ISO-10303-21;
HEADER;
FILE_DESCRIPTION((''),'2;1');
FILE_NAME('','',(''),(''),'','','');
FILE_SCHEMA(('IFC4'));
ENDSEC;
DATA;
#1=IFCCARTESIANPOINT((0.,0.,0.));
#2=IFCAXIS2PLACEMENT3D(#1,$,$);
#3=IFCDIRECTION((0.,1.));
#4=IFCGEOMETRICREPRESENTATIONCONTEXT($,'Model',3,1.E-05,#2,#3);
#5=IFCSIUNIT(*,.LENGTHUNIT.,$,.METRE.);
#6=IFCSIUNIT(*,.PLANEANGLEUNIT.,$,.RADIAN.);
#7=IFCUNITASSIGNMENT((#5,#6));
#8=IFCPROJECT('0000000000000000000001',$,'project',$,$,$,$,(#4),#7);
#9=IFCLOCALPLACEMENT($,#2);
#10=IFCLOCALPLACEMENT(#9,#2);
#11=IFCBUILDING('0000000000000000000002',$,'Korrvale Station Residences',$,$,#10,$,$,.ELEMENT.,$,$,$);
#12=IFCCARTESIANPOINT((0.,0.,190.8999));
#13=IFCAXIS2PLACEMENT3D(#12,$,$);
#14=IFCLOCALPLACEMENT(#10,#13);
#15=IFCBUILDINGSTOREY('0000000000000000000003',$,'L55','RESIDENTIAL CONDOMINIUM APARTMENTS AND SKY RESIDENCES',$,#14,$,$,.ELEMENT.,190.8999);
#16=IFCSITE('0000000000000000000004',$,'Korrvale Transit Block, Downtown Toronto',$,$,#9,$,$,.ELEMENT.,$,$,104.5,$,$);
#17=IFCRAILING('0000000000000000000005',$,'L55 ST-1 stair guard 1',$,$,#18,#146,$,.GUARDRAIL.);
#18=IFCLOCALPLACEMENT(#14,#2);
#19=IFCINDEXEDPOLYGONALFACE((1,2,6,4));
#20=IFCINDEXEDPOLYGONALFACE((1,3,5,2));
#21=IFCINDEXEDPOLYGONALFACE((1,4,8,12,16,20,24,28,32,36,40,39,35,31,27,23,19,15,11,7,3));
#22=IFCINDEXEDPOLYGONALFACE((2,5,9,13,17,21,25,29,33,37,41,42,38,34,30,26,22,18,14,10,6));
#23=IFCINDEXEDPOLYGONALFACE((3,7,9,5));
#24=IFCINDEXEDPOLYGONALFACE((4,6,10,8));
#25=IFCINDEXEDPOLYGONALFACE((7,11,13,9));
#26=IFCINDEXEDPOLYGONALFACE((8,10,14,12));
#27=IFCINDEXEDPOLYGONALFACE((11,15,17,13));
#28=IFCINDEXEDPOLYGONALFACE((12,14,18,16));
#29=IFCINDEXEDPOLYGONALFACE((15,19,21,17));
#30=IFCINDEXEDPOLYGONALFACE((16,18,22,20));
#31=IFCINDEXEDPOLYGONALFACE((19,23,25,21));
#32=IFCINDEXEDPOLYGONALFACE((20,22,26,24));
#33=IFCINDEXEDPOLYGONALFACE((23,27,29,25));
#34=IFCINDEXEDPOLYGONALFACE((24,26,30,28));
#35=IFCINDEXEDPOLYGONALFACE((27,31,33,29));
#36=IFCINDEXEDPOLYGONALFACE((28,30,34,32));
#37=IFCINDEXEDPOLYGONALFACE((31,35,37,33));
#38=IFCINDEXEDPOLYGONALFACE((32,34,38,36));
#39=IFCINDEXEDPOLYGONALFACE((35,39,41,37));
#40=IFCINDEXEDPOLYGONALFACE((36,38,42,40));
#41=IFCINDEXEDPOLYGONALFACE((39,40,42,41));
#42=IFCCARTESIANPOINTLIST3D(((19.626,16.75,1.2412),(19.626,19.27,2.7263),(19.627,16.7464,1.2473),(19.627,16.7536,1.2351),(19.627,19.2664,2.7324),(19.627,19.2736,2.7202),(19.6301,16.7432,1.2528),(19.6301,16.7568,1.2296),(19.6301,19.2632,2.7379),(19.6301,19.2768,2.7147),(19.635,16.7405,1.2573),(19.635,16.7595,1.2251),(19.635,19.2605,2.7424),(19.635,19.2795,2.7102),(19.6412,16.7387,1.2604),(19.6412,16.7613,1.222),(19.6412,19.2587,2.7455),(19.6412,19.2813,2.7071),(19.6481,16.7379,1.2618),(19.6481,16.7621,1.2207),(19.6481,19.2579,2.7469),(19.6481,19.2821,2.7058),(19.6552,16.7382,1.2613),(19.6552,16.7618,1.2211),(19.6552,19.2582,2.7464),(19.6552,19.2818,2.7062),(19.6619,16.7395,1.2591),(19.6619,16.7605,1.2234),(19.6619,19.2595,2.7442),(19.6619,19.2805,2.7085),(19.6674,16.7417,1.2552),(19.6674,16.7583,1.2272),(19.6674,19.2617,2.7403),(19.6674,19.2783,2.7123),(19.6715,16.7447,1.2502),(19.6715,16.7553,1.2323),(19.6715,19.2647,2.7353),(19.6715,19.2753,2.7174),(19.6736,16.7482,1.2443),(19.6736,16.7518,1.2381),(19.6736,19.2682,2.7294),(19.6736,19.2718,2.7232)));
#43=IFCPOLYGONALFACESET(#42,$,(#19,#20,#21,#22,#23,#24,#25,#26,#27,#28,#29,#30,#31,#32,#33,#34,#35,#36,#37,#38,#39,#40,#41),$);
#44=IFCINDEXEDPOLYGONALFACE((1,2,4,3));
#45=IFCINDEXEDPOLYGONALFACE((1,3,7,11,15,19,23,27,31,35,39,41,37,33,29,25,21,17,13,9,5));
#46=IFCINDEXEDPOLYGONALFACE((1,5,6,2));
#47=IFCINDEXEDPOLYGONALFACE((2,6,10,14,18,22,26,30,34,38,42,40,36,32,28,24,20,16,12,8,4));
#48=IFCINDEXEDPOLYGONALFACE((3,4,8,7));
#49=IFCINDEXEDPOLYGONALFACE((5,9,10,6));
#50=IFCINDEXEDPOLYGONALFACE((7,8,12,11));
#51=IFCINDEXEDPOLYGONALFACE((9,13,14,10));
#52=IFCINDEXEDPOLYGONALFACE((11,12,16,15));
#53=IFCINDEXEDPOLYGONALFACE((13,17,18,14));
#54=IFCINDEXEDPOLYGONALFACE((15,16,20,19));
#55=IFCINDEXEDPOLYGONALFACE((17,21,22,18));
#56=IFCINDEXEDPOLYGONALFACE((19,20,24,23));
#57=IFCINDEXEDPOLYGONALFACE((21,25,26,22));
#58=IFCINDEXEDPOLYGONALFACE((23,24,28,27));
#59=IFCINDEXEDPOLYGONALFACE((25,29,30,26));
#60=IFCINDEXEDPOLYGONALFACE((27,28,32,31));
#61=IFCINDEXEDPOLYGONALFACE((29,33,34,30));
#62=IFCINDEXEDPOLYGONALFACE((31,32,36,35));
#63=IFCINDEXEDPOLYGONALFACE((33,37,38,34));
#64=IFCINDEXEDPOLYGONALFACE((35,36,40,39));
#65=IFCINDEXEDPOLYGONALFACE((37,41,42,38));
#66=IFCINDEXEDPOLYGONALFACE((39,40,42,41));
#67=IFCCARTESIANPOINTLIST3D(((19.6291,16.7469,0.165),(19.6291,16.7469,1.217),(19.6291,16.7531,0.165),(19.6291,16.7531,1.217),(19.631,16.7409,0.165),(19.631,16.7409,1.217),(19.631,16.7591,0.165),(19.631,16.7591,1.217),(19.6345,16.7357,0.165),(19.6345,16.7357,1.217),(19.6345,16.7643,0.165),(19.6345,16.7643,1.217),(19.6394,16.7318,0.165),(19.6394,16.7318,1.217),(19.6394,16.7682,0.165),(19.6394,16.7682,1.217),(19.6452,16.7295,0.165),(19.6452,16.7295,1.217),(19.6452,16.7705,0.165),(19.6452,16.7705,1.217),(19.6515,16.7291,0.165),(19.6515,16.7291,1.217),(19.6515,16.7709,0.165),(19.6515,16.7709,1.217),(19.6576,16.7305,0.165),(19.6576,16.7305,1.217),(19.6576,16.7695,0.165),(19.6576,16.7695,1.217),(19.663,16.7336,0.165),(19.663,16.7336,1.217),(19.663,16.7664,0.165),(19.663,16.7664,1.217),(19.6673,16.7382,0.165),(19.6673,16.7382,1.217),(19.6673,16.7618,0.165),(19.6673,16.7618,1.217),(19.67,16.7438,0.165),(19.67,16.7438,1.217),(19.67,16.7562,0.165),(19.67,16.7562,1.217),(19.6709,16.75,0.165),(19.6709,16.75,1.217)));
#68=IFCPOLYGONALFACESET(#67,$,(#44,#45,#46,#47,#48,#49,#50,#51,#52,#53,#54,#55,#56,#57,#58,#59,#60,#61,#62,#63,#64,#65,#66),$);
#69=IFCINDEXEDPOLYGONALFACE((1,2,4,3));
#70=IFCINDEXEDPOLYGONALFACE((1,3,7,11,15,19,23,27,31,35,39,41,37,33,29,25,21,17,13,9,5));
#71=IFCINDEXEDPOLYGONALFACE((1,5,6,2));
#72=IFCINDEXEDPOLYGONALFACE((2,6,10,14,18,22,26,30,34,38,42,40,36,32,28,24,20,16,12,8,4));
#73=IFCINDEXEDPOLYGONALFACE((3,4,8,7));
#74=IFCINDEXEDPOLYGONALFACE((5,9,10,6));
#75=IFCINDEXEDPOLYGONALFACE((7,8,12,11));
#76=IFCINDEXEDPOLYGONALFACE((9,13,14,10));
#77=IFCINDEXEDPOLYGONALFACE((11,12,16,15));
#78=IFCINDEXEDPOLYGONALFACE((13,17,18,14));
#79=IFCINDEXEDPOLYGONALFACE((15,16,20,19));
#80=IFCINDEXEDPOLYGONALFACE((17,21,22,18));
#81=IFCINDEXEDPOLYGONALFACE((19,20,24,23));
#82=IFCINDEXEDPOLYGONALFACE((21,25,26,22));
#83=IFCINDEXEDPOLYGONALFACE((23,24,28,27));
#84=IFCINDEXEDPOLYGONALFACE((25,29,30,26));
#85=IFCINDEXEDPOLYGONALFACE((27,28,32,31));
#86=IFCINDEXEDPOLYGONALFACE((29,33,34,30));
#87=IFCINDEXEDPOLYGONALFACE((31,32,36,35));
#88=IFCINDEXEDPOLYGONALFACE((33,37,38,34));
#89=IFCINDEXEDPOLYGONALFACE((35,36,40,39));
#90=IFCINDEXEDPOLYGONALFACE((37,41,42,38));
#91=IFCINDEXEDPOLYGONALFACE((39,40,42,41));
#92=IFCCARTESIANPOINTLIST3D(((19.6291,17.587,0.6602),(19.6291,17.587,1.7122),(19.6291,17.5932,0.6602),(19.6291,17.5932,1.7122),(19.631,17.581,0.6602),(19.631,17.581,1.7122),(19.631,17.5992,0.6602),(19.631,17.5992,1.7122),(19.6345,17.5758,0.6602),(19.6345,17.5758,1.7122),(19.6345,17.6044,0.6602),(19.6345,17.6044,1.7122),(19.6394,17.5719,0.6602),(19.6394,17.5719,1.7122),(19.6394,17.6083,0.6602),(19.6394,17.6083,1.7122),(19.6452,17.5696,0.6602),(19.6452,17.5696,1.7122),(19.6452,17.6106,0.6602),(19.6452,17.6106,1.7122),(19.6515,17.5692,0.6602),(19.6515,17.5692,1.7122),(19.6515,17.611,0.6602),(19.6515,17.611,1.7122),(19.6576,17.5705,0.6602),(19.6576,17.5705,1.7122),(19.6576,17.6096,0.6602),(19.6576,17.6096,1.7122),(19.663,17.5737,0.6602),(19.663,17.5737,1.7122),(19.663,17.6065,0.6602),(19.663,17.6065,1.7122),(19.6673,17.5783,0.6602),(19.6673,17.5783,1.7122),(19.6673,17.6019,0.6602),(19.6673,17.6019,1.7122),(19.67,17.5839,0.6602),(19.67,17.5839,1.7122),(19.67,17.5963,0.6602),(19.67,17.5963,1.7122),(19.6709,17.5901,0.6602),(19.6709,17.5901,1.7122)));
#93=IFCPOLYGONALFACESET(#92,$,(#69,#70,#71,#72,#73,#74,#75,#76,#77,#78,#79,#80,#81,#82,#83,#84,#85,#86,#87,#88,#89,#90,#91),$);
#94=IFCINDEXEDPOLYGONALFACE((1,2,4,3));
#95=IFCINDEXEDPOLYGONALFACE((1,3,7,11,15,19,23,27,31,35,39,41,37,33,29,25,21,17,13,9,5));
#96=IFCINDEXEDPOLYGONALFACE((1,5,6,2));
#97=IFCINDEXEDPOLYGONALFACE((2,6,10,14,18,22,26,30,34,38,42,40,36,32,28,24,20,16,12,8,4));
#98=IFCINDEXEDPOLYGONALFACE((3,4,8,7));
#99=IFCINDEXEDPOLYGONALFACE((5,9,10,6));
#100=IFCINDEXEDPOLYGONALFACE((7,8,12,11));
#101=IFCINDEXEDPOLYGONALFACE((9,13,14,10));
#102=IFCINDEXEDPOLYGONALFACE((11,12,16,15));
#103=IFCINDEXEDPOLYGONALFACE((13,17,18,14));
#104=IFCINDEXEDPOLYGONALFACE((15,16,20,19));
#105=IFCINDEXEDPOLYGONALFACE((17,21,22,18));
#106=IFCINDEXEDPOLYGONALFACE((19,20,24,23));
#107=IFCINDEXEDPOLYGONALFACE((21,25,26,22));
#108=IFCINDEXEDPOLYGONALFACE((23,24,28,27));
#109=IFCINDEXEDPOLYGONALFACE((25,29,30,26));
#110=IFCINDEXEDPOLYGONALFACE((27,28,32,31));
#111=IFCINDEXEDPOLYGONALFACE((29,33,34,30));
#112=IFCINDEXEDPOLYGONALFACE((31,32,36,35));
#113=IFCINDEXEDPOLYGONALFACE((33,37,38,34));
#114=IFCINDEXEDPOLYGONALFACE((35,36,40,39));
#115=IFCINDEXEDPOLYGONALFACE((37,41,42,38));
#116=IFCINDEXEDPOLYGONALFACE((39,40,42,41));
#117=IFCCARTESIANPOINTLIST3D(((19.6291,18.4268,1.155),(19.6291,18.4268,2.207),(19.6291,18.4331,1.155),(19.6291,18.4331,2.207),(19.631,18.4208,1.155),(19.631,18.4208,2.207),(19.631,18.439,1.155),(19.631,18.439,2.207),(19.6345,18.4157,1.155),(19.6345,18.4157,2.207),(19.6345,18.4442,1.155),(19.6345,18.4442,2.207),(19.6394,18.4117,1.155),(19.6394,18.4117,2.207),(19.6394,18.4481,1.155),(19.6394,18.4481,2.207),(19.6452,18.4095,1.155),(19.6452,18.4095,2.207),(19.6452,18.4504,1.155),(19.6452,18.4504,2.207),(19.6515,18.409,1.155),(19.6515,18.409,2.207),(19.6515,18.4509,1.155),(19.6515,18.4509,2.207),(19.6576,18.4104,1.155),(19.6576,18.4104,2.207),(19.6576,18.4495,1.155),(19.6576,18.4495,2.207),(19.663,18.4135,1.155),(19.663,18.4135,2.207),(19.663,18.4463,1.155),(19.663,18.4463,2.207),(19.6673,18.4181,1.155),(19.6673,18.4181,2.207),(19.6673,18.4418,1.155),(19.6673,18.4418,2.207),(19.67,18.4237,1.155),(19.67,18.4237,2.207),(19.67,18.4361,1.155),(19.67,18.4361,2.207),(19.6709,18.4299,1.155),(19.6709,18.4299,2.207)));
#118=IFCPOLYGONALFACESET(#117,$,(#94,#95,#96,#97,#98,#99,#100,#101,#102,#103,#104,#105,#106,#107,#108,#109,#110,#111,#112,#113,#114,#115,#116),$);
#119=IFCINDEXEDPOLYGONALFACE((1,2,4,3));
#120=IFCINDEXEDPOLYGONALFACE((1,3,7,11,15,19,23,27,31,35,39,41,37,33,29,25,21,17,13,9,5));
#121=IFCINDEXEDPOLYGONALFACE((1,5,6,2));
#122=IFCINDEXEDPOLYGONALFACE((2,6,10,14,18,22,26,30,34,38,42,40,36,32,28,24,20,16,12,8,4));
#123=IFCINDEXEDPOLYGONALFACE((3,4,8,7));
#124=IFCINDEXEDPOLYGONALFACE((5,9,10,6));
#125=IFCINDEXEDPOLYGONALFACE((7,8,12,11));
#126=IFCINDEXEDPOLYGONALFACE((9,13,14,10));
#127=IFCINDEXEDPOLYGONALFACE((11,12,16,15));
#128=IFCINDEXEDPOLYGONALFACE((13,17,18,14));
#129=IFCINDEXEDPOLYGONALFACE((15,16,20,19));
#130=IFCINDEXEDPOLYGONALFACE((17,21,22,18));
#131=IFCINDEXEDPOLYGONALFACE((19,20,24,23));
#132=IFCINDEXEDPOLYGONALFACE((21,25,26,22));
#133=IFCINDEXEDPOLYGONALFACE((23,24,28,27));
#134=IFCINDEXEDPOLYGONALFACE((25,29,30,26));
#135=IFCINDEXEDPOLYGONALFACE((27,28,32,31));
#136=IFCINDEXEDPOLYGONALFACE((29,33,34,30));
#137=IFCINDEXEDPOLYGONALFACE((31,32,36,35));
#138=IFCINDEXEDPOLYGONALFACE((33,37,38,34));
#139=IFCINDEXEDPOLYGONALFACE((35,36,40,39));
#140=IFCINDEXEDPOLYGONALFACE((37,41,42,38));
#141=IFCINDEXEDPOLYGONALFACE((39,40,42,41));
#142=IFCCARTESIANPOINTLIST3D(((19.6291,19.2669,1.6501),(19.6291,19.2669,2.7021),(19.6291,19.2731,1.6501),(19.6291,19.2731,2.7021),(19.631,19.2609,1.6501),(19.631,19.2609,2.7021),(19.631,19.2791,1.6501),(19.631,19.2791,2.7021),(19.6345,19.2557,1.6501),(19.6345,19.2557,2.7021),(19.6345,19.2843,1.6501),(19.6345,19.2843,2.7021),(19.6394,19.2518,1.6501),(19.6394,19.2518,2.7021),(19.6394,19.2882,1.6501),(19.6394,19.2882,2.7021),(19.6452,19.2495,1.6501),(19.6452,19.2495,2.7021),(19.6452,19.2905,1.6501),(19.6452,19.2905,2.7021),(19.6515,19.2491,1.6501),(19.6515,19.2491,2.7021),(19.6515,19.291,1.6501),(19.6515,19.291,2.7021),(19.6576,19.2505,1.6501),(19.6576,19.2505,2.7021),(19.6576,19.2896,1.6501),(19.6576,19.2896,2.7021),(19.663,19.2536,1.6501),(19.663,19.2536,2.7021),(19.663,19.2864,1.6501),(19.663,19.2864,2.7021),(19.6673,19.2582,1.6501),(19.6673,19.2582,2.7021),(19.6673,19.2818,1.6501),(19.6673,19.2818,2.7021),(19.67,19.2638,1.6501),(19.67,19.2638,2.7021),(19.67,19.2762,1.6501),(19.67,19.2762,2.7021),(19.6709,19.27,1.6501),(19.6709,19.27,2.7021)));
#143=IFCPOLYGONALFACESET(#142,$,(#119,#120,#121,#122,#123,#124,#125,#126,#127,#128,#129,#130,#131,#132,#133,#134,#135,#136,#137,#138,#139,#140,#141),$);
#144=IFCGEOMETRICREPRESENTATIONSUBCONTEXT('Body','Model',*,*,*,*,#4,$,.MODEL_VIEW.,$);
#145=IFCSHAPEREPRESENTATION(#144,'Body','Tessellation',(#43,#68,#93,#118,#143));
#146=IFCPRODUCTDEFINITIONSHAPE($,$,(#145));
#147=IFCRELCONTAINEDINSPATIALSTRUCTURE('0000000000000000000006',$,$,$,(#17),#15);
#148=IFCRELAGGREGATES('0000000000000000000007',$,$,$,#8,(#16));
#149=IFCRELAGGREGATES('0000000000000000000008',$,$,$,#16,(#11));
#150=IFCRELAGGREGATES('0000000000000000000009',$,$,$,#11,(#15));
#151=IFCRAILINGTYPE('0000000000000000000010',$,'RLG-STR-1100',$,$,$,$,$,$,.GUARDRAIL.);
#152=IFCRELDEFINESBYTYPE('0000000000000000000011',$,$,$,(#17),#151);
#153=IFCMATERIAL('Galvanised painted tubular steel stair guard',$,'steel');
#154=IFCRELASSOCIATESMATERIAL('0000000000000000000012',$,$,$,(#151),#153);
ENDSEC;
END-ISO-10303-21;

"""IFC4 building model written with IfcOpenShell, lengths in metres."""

from ifc_helpers import new_model, si_unit, direction, frame, origin, origin_2d, place, context, subcontext, project, spatial, circle, extrude, material, type_object, element, save


model = new_model("IFC4")

# Units and contexts
model_context = context("Model", 3, precision=1e-05, world=origin(), true_north=direction((0.0, 1.0)))
body_context = subcontext(model_context, "Body", "Model", "MODEL_VIEW")
ifc_project = project(units=[si_unit("LENGTHUNIT", "METRE"), si_unit("PLANEANGLEUNIT", "RADIAN")], contexts=[model_context])

# Site, building, storey
site_placement = place(None, origin())
site = spatial("IfcSite", under=ifc_project, at=site_placement, Name="Korrvale Transit Block, Downtown Toronto", CompositionType="ELEMENT", RefElevation=104.5)
building_placement = place(site_placement, origin())
building = spatial("IfcBuilding", under=site, at=building_placement, Name="Korrvale Station Residences", CompositionType="ELEMENT")
storey_placement = place(building_placement, frame((0.0, 0.0, 190.8999)))
storey = spatial("IfcBuildingStorey", under=building, at=storey_placement, Name="L55", Description="RESIDENTIAL CONDOMINIUM APARTMENTS AND SKY RESIDENCES", CompositionType="ELEMENT", Elevation=190.8999)

# Railing
ifc_material_1 = material(Name="Galvanised painted tubular steel stair guard", Category="steel")
railing_type_1 = type_object("IfcRailingType", Name="RLG-STR-1100", PredefinedType="GUARDRAIL", material=ifc_material_1)
railing_1_placement = place(storey_placement, frame((19.6499, 16.75, 0.165)))
element("IfcRailing", 1, at=railing_1_placement, inside=storey, type_object=railing_type_1, Name="L55 ST-1 stair guard 1", PredefinedType="GUARDRAIL", context=body_context, shape_type="SweptSolid", body=[
    extrude(circle(Radius=0.0239, at=origin_2d()), frame((0.0, 0.0, 1.0762), z_axis=(0.0, 0.861524, 0.507717), x_axis=(-1.0, 0.0, 0.0)), (0.0, 0.0, 1.0), 2.925),
    extrude(circle(Radius=0.021, at=origin_2d()), origin(), (0.0, 0.0, 1.0), 1.052),
    extrude(circle(Radius=0.021, at=origin_2d()), frame((0.0, 0.8401, 0.4951)), (0.0, 0.0, 1.0), 1.052),
    extrude(circle(Radius=0.021, at=origin_2d()), frame((0.0, 1.6799, 0.99)), (0.0, 0.0, 1.0), 1.052),
    extrude(circle(Radius=0.021, at=origin_2d()), frame((0.0, 2.52, 1.4851)), (0.0, 0.0, 1.0), 1.052),
])

save(model, "model.ifc")
